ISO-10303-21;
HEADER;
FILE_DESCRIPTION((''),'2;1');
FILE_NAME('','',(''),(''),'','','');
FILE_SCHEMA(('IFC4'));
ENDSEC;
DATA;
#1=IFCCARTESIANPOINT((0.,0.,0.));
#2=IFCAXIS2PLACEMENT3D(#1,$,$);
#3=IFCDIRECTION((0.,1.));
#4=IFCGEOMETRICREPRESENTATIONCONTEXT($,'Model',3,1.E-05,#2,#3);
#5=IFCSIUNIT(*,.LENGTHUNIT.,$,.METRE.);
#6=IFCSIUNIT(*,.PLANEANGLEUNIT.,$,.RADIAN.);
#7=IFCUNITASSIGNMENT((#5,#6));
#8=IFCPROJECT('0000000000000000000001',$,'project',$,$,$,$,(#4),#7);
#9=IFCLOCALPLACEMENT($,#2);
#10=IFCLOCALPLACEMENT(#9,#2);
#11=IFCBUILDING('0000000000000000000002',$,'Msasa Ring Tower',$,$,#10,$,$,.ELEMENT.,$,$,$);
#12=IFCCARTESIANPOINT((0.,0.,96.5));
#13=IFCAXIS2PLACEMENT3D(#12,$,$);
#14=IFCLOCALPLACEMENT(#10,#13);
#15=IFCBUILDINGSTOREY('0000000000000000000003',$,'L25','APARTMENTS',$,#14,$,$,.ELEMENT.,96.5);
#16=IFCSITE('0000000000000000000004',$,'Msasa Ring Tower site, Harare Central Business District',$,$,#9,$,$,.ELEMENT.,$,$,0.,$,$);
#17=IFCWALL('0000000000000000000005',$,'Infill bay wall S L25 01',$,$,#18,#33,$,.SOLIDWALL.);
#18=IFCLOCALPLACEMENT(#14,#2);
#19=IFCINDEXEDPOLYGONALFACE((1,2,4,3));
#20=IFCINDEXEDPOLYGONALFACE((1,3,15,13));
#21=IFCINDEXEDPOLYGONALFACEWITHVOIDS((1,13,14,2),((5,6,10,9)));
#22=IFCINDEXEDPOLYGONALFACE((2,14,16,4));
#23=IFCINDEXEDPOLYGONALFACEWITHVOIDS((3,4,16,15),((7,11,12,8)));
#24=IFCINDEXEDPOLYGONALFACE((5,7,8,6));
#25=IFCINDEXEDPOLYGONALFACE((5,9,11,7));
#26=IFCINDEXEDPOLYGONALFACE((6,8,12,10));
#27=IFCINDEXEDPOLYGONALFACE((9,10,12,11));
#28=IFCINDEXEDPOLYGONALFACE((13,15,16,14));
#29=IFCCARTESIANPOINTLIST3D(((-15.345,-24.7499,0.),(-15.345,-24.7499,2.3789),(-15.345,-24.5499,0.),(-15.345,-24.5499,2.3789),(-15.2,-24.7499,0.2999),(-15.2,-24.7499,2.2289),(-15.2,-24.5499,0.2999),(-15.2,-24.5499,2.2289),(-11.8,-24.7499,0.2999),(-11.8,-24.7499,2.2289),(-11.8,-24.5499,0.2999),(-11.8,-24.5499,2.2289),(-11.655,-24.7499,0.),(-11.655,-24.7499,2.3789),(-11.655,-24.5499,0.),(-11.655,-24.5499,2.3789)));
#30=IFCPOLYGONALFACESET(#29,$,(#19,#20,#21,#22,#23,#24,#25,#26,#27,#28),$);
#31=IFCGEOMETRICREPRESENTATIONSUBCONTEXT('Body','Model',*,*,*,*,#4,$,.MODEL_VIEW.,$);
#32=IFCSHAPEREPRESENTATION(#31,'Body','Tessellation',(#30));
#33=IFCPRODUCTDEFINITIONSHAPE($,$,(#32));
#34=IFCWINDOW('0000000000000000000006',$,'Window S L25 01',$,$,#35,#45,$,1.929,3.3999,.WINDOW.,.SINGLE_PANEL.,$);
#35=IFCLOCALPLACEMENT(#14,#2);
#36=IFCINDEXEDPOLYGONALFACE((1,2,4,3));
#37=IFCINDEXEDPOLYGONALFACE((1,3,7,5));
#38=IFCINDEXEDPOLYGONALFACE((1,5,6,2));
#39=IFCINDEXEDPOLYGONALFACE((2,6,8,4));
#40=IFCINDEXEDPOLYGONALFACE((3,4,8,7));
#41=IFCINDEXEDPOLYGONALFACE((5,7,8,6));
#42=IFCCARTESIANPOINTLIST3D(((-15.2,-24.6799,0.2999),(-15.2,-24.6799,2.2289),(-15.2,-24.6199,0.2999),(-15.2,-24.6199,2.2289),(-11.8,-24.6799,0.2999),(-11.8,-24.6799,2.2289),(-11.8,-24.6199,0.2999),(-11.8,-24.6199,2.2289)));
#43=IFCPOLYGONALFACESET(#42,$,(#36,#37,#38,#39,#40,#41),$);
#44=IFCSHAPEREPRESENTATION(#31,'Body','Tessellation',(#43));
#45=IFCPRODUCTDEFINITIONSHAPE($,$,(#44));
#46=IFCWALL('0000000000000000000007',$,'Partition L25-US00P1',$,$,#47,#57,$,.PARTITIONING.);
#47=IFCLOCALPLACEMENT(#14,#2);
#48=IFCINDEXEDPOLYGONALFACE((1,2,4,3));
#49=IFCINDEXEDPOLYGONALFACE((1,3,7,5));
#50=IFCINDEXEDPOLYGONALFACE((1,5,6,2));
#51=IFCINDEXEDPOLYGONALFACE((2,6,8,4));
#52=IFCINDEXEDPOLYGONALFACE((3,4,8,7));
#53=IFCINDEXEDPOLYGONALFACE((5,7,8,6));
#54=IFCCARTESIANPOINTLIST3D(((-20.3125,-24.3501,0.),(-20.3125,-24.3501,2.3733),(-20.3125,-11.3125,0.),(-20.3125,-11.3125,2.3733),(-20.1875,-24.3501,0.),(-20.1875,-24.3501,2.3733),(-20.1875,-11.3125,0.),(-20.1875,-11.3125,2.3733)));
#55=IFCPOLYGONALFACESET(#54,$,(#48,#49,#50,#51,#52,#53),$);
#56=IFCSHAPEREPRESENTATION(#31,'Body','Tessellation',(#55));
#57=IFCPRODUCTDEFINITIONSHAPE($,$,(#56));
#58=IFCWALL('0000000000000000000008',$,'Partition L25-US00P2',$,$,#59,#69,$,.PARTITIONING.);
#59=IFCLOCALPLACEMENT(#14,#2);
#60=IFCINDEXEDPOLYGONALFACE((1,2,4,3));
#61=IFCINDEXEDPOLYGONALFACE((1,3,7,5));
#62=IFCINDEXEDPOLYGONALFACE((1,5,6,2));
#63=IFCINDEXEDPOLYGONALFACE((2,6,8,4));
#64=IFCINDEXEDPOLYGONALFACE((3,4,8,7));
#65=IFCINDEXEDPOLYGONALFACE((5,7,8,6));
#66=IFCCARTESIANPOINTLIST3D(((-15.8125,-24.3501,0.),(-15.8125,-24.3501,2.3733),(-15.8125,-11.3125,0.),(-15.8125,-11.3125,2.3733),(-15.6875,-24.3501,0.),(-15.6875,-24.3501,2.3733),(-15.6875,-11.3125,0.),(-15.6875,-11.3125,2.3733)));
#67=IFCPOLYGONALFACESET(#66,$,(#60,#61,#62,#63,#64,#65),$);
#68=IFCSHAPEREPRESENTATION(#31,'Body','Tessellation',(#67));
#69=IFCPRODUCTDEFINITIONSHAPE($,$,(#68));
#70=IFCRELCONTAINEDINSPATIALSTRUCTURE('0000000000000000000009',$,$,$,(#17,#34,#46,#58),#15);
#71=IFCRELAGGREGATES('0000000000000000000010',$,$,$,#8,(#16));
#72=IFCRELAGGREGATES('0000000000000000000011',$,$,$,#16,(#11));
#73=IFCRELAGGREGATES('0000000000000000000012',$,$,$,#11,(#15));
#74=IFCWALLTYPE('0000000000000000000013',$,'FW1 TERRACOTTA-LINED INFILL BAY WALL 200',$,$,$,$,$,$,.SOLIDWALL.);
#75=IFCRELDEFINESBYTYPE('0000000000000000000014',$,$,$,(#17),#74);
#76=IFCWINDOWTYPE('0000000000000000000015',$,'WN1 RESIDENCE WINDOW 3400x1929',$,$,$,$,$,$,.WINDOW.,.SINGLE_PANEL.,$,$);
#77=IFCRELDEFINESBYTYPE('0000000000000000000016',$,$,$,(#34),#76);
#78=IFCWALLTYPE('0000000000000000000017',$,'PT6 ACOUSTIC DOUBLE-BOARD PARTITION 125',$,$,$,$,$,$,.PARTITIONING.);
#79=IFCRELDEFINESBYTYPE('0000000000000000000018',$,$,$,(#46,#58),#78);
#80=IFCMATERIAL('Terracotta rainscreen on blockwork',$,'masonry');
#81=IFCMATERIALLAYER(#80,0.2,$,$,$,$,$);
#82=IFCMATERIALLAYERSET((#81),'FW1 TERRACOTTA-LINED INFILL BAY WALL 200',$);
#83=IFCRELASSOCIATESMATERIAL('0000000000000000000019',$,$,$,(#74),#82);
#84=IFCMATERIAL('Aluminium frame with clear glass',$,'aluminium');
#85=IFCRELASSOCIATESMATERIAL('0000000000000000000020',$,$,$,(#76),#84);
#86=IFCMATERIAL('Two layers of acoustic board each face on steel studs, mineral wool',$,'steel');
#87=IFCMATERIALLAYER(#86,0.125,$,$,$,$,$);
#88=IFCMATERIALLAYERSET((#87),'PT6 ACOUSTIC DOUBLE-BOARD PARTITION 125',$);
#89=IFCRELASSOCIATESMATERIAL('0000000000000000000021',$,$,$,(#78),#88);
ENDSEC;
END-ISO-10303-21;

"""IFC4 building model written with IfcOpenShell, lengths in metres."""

from ifc_helpers import new_model, si_unit, direction, frame, frame_2d, origin, place, context, subcontext, project, spatial, rectangle, extrude, material, layer, layer_set, type_object, element, fill, save


model = new_model("IFC4")

# Units and contexts
model_context = context("Model", 3, precision=1e-05, world=origin(), true_north=direction((0.0, 1.0)))
body_context = subcontext(model_context, "Body", "Model", "MODEL_VIEW")
ifc_project = project(units=[si_unit("LENGTHUNIT", "METRE"), si_unit("PLANEANGLEUNIT", "RADIAN")], contexts=[model_context])

# Site, building, storey
site_placement = place(None, origin())
site = spatial("IfcSite", under=ifc_project, at=site_placement, Name="Msasa Ring Tower site, Harare Central Business District", CompositionType="ELEMENT", RefElevation=0.0)
building_placement = place(site_placement, origin())
building = spatial("IfcBuilding", under=site, at=building_placement, Name="Msasa Ring Tower", CompositionType="ELEMENT")
storey_placement = place(building_placement, frame((0.0, 0.0, 96.5)))
storey = spatial("IfcBuildingStorey", under=building, at=storey_placement, Name="L25", Description="APARTMENTS", CompositionType="ELEMENT", Elevation=96.5)

# Wall, opening, window
ifc_material_1 = material(Name="Terracotta rainscreen on blockwork", Category="masonry")
ifc_layer_1 = layer(ifc_material_1, 0.2)
ifc_layer_set_1 = layer_set([ifc_layer_1], Name="FW1 TERRACOTTA-LINED INFILL BAY WALL 200")
wall_type_1 = type_object("IfcWallType", Name="FW1 TERRACOTTA-LINED INFILL BAY WALL 200", PredefinedType="SOLIDWALL", material=ifc_layer_set_1)
ifc_material_2 = material(Name="Aluminium frame with clear glass", Category="aluminium")
window_type = type_object("IfcWindowType", Name="WN1 RESIDENCE WINDOW 3400x1929", PartitioningType="SINGLE_PANEL", PredefinedType="WINDOW", material=ifc_material_2)
wall_1_placement = place(storey_placement, frame((-15.345, -24.6499, 0.0), z_axis=(0.0, 0.0, 1.0), x_axis=(1.0, 0.0, 0.0)))
wall_1 = element("IfcWall", 1, at=wall_1_placement, inside=storey, type_object=wall_type_1, Name="Infill bay wall S L25 01", PredefinedType="SOLIDWALL", context=body_context, shape_type="SweptSolid", body=[
    extrude(rectangle(XDim=3.6899, YDim=0.2, at=frame_2d((1.845, 0.0))), origin(), (0.0, 0.0, 1.0), 2.3789),
])
opening_1_placement = place(wall_1_placement, frame((0.145, 0.0, 0.3)))
opening_1 = element("IfcOpeningElement", 2, at=opening_1_placement, cuts=wall_1, PredefinedType="OPENING", context=body_context, shape_type="SweptSolid", body=[
    extrude(rectangle(XDim=3.3999, YDim=1.929, at=frame_2d((1.7, 0.9644))), frame((0.0, 0.1099, 0.0), z_axis=(0.0, -1.0, 0.0), x_axis=(1.0, 0.0, 0.0)), (0.0, 0.0, 1.0), 0.22),
])
window_1_placement = place(opening_1_placement, origin())
window_1 = element("IfcWindow", 3, at=window_1_placement, inside=storey, type_object=window_type, Name="Window S L25 01", OverallHeight=1.929, OverallWidth=3.3999, PartitioningType="SINGLE_PANEL", PredefinedType="WINDOW", context=body_context, shape_type="SweptSolid", body=[
    extrude(rectangle(XDim=3.3999, YDim=1.929, at=frame_2d((1.7, 0.9644))), frame((0.0, 0.03, 0.0), z_axis=(0.0, -1.0, 0.0), x_axis=(1.0, 0.0, 0.0)), (0.0, 0.0, 1.0), 0.0601),
])
fill(opening_1, window_1)

# Walls
ifc_material_3 = material(Name="Two layers of acoustic board each face on steel studs, mineral wool", Category="steel")
ifc_layer_2 = layer(ifc_material_3, 0.125)
ifc_layer_set_2 = layer_set([ifc_layer_2], Name="PT6 ACOUSTIC DOUBLE-BOARD PARTITION 125")
wall_type_2 = type_object("IfcWallType", Name="PT6 ACOUSTIC DOUBLE-BOARD PARTITION 125", PredefinedType="PARTITIONING", material=ifc_layer_set_2)
for number, where, z_axis, x_axis, name in (
    (4, (-20.25, -24.3501, 0.0), (0.0, 0.0, 1.0), (0.0, 1.0, 0.0), "Partition L25-US00P1"),
    (5, (-15.75, -24.3501, 0.0), (0.0, 0.0, 1.0), (0.0, 1.0, 0.0), "Partition L25-US00P2"),
):
    element("IfcWall", number, at=place(storey_placement, frame(where, z_axis=z_axis, x_axis=x_axis)), inside=storey, type_object=wall_type_2, Name=name, PredefinedType="PARTITIONING", context=body_context, shape_type="SweptSolid", body=[
        extrude(rectangle(XDim=13.0376, YDim=0.125, at=frame_2d((6.5188, 0.0))), origin(), (0.0, 0.0, 1.0), 2.3733),
    ])

save(model, "model.ifc")
